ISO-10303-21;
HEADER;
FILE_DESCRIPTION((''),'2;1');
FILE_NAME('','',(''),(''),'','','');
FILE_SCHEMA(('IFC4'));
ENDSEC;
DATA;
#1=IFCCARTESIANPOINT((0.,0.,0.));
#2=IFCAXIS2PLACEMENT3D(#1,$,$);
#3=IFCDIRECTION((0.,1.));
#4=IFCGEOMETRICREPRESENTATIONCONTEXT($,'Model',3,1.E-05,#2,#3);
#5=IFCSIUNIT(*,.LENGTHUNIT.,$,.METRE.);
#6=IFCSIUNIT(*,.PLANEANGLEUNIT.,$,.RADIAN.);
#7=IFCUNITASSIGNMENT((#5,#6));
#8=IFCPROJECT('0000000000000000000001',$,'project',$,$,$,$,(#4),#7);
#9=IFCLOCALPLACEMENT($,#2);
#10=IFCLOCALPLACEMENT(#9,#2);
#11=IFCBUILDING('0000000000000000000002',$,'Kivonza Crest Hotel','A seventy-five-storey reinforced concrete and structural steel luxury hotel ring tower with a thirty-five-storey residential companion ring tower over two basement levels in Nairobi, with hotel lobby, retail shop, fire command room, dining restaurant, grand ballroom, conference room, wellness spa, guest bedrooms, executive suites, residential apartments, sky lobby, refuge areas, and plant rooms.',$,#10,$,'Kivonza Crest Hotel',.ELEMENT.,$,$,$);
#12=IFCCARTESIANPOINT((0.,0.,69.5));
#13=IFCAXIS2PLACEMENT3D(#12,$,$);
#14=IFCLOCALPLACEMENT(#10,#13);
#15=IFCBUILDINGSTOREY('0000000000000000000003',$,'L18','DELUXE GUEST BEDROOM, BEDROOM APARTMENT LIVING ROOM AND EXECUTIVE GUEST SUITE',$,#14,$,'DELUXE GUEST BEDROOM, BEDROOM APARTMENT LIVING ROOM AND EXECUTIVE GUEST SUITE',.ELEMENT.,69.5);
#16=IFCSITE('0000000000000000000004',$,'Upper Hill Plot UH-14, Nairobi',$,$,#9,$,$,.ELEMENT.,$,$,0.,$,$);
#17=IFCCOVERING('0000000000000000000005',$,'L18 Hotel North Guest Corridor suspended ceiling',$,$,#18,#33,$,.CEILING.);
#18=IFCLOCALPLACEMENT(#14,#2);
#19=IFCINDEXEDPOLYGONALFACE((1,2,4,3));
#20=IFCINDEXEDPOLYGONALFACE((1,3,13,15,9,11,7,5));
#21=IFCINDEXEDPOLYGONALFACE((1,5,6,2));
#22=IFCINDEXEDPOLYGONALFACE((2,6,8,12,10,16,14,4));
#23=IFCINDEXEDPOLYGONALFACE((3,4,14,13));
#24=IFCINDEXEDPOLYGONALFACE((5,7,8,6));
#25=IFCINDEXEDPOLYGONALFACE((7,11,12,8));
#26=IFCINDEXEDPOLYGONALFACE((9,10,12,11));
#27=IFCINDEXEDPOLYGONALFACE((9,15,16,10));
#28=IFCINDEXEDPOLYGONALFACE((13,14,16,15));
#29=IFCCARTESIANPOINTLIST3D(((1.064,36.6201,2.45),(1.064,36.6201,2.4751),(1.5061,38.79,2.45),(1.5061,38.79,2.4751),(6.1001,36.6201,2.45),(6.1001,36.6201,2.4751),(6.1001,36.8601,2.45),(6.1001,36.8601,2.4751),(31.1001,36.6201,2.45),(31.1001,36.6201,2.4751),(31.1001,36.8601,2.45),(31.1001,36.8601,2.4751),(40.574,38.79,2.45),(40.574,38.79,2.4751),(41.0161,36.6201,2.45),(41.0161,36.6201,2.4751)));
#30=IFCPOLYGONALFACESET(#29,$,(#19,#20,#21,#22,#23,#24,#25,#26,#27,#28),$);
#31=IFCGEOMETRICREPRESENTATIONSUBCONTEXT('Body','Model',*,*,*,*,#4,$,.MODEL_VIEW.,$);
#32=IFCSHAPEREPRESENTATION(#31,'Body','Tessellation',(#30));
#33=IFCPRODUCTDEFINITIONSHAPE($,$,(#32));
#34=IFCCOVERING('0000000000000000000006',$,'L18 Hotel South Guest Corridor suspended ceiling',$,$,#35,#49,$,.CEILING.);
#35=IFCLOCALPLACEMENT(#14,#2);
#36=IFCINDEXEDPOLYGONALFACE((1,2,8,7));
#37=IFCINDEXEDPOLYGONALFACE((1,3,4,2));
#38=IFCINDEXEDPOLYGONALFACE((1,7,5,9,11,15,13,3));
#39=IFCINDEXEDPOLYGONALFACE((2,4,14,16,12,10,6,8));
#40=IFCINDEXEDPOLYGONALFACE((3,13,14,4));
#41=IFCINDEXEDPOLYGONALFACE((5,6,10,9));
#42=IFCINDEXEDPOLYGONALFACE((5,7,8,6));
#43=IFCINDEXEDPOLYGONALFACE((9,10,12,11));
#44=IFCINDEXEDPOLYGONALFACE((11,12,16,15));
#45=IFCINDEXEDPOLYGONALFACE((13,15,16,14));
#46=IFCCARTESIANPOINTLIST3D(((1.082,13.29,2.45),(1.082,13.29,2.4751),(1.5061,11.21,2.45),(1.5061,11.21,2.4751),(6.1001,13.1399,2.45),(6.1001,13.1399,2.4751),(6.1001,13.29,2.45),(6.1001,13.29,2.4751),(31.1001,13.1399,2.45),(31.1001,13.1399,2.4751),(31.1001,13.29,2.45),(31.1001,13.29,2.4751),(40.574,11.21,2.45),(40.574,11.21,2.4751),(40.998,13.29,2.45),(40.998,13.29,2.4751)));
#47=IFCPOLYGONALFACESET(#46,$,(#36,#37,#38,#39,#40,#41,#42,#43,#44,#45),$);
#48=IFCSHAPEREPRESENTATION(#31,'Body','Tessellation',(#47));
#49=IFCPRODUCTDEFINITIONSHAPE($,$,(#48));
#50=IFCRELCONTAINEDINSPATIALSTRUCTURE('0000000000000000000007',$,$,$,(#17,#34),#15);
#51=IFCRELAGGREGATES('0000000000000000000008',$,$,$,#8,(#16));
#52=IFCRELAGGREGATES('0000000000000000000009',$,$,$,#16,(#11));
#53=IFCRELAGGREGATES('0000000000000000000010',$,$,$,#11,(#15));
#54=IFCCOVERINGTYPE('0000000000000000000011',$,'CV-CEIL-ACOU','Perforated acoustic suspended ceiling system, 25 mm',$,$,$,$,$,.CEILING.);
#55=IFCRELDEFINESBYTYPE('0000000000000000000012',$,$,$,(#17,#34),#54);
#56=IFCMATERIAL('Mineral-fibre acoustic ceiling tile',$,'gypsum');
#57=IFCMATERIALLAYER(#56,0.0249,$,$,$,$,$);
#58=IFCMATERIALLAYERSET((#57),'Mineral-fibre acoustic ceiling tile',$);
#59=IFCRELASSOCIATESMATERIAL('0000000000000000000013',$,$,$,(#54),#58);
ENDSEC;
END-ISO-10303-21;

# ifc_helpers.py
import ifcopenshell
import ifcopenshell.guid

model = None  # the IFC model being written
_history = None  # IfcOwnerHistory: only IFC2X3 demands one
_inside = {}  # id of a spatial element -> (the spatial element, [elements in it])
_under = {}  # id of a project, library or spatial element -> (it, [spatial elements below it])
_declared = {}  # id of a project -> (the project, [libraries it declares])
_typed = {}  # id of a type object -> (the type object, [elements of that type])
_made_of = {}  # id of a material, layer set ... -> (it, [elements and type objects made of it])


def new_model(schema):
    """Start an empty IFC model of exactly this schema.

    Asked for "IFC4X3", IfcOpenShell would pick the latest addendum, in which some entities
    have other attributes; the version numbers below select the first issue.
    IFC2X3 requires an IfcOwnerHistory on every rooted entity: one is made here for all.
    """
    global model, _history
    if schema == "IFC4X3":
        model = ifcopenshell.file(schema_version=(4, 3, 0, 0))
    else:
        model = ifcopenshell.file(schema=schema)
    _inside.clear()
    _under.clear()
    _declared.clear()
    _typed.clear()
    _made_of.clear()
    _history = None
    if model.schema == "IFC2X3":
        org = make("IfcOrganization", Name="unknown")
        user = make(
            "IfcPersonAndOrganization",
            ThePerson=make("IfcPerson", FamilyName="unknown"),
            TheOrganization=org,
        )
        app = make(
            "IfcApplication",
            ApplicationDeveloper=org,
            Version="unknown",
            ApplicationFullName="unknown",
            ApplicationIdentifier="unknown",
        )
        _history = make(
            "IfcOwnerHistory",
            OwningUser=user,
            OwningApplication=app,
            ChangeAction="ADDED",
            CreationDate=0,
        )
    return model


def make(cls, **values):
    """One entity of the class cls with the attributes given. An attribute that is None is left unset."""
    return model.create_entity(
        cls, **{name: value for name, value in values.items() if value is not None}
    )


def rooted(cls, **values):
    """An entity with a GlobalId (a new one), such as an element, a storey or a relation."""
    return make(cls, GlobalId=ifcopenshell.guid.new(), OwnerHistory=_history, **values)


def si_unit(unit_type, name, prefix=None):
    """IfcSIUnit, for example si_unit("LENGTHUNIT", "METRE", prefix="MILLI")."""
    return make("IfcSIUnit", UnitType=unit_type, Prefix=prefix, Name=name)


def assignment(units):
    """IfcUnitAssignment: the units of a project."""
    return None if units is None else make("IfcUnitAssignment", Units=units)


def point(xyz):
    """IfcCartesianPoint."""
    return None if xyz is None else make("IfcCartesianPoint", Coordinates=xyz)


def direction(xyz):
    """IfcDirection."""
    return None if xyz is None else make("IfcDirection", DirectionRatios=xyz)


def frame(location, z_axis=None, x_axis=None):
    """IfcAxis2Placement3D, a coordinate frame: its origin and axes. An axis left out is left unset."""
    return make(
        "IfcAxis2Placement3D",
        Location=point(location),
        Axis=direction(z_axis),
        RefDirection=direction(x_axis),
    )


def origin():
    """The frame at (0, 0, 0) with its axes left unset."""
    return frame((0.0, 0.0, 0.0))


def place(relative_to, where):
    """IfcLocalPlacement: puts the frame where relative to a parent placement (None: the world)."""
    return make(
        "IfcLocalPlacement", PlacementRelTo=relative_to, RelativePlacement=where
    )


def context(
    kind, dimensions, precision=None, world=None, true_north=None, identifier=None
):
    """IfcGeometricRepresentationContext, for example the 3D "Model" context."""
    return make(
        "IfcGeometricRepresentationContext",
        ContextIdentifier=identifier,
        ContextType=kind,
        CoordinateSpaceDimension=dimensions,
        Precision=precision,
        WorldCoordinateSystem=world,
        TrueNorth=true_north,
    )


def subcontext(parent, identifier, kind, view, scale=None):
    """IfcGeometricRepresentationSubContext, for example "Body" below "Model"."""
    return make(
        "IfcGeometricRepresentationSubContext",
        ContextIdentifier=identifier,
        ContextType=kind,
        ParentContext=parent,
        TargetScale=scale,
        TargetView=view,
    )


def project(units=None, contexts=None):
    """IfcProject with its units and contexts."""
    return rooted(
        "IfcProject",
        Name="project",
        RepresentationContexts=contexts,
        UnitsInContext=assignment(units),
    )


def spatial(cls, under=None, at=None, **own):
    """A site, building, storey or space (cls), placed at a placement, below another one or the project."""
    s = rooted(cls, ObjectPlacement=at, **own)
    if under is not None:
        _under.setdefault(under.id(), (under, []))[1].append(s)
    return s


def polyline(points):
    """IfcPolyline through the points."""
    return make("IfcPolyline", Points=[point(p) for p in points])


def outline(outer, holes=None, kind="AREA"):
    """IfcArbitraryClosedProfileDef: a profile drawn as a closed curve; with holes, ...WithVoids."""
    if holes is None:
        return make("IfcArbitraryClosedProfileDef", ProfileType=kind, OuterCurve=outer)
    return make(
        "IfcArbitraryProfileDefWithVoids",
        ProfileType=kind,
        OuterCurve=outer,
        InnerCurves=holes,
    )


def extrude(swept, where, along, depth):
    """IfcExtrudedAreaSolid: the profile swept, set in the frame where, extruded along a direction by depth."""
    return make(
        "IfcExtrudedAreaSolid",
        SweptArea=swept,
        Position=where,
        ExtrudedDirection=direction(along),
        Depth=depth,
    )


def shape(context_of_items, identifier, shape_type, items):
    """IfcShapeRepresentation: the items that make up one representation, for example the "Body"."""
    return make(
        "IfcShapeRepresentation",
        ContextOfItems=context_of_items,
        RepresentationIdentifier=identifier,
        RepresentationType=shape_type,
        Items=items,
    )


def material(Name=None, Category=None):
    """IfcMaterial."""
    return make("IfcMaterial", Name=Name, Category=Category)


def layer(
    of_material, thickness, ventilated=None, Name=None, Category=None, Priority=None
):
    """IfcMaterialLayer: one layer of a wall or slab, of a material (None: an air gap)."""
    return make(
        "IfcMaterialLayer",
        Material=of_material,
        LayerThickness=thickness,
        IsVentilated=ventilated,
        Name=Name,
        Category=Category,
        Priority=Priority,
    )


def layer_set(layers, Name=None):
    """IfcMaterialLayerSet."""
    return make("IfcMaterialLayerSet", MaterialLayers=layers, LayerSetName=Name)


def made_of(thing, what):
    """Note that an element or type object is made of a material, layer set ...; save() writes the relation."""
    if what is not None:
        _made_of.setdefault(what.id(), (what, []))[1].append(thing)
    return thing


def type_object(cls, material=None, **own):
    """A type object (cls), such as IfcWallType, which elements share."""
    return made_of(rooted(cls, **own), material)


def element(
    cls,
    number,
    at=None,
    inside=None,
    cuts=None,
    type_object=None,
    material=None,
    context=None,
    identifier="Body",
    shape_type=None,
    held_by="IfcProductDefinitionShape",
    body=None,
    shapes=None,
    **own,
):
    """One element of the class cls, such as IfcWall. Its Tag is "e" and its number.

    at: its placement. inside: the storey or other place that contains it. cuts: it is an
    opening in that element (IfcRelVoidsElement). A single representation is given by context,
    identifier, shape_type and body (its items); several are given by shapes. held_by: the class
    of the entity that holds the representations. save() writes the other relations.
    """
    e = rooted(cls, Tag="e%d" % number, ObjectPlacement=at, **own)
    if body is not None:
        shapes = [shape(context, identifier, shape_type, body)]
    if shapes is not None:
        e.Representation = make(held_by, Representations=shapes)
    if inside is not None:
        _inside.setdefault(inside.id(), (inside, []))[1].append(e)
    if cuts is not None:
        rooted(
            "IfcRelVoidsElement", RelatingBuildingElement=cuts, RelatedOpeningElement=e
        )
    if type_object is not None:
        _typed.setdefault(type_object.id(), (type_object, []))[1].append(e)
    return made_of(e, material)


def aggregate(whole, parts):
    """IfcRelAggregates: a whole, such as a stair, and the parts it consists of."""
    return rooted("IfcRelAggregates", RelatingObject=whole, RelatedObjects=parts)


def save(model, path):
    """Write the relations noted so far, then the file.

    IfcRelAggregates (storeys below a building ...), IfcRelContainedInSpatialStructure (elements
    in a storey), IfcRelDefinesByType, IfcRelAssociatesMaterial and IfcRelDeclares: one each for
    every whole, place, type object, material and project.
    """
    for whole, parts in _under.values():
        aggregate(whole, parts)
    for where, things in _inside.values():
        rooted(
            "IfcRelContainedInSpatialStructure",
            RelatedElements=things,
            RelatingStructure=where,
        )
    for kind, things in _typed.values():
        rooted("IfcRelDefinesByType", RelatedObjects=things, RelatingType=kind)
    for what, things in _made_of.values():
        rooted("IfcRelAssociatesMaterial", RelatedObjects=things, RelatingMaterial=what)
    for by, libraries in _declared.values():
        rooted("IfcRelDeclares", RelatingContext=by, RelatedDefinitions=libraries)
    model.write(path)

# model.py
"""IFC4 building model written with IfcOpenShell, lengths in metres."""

from ifc_helpers import new_model, si_unit, direction, frame, origin, place, context, subcontext, project, spatial, polyline, outline, extrude, material, layer, layer_set, type_object, element, save


model = new_model("IFC4")

# Units and contexts
model_context = context("Model", 3, precision=1e-05, world=origin(), true_north=direction((0.0, 1.0)))
body_context = subcontext(model_context, "Body", "Model", "MODEL_VIEW")
ifc_project = project(units=[si_unit("LENGTHUNIT", "METRE"), si_unit("PLANEANGLEUNIT", "RADIAN")], contexts=[model_context])

# Site, building, storey
site_placement = place(None, origin())
site = spatial("IfcSite", under=ifc_project, at=site_placement, Name="Upper Hill Plot UH-14, Nairobi", CompositionType="ELEMENT", RefElevation=0.0)
building_placement = place(site_placement, origin())
building = spatial("IfcBuilding", under=site, at=building_placement, Name="Kivonza Crest Hotel", Description="A seventy-five-storey reinforced concrete and structural steel luxury hotel ring tower with a thirty-five-storey residential companion ring tower over two basement levels in Nairobi, with hotel lobby, retail shop, fire command room, dining restaurant, grand ballroom, conference room, wellness spa, guest bedrooms, executive suites, residential apartments, sky lobby, refuge areas, and plant rooms.", LongName="Kivonza Crest Hotel", CompositionType="ELEMENT")
storey_placement = place(building_placement, frame((0.0, 0.0, 69.5)))
storey = spatial("IfcBuildingStorey", under=building, at=storey_placement, Name="L18", Description="DELUXE GUEST BEDROOM, BEDROOM APARTMENT LIVING ROOM AND EXECUTIVE GUEST SUITE", LongName="DELUXE GUEST BEDROOM, BEDROOM APARTMENT LIVING ROOM AND EXECUTIVE GUEST SUITE", CompositionType="ELEMENT", Elevation=69.5)

# Coverings
ifc_material_1 = material(Name="Mineral-fibre acoustic ceiling tile", Category="gypsum")
ifc_layer_1 = layer(ifc_material_1, 0.0249)
ifc_layer_set_1 = layer_set([ifc_layer_1], Name="Mineral-fibre acoustic ceiling tile")
covering_type = type_object("IfcCoveringType", Name="CV-CEIL-ACOU", Description="Perforated acoustic suspended ceiling system, 25 mm", PredefinedType="CEILING", material=ifc_layer_set_1)
covering_1_placement = place(storey_placement, frame((0.0, 0.0, 2.45)))
element("IfcCovering", 1, at=covering_1_placement, inside=storey, type_object=covering_type, Name="L18 Hotel North Guest Corridor suspended ceiling", PredefinedType="CEILING", context=body_context, shape_type="SweptSolid", body=[
    extrude(outline(polyline([(1.5061, 38.79), (1.064, 36.6201), (6.1001, 36.6201), (6.1001, 36.8601), (31.1001, 36.8601), (31.1001, 36.6201), (41.0161, 36.6201), (40.574, 38.79), (1.5061, 38.79)])), origin(), (0.0, 0.0, 1.0), 0.0251),
])
covering_2_placement = place(storey_placement, frame((0.0, 0.0, 2.45)))
element("IfcCovering", 2, at=covering_2_placement, inside=storey, type_object=covering_type, Name="L18 Hotel South Guest Corridor suspended ceiling", PredefinedType="CEILING", context=body_context, shape_type="SweptSolid", body=[
    extrude(outline(polyline([(40.574, 11.21), (40.998, 13.29), (31.1001, 13.29), (31.1001, 13.1399), (6.1001, 13.1399), (6.1001, 13.29), (1.082, 13.29), (1.5061, 11.21), (40.574, 11.21)])), origin(), (0.0, 0.0, 1.0), 0.0251),
])

save(model, "model.ifc")
